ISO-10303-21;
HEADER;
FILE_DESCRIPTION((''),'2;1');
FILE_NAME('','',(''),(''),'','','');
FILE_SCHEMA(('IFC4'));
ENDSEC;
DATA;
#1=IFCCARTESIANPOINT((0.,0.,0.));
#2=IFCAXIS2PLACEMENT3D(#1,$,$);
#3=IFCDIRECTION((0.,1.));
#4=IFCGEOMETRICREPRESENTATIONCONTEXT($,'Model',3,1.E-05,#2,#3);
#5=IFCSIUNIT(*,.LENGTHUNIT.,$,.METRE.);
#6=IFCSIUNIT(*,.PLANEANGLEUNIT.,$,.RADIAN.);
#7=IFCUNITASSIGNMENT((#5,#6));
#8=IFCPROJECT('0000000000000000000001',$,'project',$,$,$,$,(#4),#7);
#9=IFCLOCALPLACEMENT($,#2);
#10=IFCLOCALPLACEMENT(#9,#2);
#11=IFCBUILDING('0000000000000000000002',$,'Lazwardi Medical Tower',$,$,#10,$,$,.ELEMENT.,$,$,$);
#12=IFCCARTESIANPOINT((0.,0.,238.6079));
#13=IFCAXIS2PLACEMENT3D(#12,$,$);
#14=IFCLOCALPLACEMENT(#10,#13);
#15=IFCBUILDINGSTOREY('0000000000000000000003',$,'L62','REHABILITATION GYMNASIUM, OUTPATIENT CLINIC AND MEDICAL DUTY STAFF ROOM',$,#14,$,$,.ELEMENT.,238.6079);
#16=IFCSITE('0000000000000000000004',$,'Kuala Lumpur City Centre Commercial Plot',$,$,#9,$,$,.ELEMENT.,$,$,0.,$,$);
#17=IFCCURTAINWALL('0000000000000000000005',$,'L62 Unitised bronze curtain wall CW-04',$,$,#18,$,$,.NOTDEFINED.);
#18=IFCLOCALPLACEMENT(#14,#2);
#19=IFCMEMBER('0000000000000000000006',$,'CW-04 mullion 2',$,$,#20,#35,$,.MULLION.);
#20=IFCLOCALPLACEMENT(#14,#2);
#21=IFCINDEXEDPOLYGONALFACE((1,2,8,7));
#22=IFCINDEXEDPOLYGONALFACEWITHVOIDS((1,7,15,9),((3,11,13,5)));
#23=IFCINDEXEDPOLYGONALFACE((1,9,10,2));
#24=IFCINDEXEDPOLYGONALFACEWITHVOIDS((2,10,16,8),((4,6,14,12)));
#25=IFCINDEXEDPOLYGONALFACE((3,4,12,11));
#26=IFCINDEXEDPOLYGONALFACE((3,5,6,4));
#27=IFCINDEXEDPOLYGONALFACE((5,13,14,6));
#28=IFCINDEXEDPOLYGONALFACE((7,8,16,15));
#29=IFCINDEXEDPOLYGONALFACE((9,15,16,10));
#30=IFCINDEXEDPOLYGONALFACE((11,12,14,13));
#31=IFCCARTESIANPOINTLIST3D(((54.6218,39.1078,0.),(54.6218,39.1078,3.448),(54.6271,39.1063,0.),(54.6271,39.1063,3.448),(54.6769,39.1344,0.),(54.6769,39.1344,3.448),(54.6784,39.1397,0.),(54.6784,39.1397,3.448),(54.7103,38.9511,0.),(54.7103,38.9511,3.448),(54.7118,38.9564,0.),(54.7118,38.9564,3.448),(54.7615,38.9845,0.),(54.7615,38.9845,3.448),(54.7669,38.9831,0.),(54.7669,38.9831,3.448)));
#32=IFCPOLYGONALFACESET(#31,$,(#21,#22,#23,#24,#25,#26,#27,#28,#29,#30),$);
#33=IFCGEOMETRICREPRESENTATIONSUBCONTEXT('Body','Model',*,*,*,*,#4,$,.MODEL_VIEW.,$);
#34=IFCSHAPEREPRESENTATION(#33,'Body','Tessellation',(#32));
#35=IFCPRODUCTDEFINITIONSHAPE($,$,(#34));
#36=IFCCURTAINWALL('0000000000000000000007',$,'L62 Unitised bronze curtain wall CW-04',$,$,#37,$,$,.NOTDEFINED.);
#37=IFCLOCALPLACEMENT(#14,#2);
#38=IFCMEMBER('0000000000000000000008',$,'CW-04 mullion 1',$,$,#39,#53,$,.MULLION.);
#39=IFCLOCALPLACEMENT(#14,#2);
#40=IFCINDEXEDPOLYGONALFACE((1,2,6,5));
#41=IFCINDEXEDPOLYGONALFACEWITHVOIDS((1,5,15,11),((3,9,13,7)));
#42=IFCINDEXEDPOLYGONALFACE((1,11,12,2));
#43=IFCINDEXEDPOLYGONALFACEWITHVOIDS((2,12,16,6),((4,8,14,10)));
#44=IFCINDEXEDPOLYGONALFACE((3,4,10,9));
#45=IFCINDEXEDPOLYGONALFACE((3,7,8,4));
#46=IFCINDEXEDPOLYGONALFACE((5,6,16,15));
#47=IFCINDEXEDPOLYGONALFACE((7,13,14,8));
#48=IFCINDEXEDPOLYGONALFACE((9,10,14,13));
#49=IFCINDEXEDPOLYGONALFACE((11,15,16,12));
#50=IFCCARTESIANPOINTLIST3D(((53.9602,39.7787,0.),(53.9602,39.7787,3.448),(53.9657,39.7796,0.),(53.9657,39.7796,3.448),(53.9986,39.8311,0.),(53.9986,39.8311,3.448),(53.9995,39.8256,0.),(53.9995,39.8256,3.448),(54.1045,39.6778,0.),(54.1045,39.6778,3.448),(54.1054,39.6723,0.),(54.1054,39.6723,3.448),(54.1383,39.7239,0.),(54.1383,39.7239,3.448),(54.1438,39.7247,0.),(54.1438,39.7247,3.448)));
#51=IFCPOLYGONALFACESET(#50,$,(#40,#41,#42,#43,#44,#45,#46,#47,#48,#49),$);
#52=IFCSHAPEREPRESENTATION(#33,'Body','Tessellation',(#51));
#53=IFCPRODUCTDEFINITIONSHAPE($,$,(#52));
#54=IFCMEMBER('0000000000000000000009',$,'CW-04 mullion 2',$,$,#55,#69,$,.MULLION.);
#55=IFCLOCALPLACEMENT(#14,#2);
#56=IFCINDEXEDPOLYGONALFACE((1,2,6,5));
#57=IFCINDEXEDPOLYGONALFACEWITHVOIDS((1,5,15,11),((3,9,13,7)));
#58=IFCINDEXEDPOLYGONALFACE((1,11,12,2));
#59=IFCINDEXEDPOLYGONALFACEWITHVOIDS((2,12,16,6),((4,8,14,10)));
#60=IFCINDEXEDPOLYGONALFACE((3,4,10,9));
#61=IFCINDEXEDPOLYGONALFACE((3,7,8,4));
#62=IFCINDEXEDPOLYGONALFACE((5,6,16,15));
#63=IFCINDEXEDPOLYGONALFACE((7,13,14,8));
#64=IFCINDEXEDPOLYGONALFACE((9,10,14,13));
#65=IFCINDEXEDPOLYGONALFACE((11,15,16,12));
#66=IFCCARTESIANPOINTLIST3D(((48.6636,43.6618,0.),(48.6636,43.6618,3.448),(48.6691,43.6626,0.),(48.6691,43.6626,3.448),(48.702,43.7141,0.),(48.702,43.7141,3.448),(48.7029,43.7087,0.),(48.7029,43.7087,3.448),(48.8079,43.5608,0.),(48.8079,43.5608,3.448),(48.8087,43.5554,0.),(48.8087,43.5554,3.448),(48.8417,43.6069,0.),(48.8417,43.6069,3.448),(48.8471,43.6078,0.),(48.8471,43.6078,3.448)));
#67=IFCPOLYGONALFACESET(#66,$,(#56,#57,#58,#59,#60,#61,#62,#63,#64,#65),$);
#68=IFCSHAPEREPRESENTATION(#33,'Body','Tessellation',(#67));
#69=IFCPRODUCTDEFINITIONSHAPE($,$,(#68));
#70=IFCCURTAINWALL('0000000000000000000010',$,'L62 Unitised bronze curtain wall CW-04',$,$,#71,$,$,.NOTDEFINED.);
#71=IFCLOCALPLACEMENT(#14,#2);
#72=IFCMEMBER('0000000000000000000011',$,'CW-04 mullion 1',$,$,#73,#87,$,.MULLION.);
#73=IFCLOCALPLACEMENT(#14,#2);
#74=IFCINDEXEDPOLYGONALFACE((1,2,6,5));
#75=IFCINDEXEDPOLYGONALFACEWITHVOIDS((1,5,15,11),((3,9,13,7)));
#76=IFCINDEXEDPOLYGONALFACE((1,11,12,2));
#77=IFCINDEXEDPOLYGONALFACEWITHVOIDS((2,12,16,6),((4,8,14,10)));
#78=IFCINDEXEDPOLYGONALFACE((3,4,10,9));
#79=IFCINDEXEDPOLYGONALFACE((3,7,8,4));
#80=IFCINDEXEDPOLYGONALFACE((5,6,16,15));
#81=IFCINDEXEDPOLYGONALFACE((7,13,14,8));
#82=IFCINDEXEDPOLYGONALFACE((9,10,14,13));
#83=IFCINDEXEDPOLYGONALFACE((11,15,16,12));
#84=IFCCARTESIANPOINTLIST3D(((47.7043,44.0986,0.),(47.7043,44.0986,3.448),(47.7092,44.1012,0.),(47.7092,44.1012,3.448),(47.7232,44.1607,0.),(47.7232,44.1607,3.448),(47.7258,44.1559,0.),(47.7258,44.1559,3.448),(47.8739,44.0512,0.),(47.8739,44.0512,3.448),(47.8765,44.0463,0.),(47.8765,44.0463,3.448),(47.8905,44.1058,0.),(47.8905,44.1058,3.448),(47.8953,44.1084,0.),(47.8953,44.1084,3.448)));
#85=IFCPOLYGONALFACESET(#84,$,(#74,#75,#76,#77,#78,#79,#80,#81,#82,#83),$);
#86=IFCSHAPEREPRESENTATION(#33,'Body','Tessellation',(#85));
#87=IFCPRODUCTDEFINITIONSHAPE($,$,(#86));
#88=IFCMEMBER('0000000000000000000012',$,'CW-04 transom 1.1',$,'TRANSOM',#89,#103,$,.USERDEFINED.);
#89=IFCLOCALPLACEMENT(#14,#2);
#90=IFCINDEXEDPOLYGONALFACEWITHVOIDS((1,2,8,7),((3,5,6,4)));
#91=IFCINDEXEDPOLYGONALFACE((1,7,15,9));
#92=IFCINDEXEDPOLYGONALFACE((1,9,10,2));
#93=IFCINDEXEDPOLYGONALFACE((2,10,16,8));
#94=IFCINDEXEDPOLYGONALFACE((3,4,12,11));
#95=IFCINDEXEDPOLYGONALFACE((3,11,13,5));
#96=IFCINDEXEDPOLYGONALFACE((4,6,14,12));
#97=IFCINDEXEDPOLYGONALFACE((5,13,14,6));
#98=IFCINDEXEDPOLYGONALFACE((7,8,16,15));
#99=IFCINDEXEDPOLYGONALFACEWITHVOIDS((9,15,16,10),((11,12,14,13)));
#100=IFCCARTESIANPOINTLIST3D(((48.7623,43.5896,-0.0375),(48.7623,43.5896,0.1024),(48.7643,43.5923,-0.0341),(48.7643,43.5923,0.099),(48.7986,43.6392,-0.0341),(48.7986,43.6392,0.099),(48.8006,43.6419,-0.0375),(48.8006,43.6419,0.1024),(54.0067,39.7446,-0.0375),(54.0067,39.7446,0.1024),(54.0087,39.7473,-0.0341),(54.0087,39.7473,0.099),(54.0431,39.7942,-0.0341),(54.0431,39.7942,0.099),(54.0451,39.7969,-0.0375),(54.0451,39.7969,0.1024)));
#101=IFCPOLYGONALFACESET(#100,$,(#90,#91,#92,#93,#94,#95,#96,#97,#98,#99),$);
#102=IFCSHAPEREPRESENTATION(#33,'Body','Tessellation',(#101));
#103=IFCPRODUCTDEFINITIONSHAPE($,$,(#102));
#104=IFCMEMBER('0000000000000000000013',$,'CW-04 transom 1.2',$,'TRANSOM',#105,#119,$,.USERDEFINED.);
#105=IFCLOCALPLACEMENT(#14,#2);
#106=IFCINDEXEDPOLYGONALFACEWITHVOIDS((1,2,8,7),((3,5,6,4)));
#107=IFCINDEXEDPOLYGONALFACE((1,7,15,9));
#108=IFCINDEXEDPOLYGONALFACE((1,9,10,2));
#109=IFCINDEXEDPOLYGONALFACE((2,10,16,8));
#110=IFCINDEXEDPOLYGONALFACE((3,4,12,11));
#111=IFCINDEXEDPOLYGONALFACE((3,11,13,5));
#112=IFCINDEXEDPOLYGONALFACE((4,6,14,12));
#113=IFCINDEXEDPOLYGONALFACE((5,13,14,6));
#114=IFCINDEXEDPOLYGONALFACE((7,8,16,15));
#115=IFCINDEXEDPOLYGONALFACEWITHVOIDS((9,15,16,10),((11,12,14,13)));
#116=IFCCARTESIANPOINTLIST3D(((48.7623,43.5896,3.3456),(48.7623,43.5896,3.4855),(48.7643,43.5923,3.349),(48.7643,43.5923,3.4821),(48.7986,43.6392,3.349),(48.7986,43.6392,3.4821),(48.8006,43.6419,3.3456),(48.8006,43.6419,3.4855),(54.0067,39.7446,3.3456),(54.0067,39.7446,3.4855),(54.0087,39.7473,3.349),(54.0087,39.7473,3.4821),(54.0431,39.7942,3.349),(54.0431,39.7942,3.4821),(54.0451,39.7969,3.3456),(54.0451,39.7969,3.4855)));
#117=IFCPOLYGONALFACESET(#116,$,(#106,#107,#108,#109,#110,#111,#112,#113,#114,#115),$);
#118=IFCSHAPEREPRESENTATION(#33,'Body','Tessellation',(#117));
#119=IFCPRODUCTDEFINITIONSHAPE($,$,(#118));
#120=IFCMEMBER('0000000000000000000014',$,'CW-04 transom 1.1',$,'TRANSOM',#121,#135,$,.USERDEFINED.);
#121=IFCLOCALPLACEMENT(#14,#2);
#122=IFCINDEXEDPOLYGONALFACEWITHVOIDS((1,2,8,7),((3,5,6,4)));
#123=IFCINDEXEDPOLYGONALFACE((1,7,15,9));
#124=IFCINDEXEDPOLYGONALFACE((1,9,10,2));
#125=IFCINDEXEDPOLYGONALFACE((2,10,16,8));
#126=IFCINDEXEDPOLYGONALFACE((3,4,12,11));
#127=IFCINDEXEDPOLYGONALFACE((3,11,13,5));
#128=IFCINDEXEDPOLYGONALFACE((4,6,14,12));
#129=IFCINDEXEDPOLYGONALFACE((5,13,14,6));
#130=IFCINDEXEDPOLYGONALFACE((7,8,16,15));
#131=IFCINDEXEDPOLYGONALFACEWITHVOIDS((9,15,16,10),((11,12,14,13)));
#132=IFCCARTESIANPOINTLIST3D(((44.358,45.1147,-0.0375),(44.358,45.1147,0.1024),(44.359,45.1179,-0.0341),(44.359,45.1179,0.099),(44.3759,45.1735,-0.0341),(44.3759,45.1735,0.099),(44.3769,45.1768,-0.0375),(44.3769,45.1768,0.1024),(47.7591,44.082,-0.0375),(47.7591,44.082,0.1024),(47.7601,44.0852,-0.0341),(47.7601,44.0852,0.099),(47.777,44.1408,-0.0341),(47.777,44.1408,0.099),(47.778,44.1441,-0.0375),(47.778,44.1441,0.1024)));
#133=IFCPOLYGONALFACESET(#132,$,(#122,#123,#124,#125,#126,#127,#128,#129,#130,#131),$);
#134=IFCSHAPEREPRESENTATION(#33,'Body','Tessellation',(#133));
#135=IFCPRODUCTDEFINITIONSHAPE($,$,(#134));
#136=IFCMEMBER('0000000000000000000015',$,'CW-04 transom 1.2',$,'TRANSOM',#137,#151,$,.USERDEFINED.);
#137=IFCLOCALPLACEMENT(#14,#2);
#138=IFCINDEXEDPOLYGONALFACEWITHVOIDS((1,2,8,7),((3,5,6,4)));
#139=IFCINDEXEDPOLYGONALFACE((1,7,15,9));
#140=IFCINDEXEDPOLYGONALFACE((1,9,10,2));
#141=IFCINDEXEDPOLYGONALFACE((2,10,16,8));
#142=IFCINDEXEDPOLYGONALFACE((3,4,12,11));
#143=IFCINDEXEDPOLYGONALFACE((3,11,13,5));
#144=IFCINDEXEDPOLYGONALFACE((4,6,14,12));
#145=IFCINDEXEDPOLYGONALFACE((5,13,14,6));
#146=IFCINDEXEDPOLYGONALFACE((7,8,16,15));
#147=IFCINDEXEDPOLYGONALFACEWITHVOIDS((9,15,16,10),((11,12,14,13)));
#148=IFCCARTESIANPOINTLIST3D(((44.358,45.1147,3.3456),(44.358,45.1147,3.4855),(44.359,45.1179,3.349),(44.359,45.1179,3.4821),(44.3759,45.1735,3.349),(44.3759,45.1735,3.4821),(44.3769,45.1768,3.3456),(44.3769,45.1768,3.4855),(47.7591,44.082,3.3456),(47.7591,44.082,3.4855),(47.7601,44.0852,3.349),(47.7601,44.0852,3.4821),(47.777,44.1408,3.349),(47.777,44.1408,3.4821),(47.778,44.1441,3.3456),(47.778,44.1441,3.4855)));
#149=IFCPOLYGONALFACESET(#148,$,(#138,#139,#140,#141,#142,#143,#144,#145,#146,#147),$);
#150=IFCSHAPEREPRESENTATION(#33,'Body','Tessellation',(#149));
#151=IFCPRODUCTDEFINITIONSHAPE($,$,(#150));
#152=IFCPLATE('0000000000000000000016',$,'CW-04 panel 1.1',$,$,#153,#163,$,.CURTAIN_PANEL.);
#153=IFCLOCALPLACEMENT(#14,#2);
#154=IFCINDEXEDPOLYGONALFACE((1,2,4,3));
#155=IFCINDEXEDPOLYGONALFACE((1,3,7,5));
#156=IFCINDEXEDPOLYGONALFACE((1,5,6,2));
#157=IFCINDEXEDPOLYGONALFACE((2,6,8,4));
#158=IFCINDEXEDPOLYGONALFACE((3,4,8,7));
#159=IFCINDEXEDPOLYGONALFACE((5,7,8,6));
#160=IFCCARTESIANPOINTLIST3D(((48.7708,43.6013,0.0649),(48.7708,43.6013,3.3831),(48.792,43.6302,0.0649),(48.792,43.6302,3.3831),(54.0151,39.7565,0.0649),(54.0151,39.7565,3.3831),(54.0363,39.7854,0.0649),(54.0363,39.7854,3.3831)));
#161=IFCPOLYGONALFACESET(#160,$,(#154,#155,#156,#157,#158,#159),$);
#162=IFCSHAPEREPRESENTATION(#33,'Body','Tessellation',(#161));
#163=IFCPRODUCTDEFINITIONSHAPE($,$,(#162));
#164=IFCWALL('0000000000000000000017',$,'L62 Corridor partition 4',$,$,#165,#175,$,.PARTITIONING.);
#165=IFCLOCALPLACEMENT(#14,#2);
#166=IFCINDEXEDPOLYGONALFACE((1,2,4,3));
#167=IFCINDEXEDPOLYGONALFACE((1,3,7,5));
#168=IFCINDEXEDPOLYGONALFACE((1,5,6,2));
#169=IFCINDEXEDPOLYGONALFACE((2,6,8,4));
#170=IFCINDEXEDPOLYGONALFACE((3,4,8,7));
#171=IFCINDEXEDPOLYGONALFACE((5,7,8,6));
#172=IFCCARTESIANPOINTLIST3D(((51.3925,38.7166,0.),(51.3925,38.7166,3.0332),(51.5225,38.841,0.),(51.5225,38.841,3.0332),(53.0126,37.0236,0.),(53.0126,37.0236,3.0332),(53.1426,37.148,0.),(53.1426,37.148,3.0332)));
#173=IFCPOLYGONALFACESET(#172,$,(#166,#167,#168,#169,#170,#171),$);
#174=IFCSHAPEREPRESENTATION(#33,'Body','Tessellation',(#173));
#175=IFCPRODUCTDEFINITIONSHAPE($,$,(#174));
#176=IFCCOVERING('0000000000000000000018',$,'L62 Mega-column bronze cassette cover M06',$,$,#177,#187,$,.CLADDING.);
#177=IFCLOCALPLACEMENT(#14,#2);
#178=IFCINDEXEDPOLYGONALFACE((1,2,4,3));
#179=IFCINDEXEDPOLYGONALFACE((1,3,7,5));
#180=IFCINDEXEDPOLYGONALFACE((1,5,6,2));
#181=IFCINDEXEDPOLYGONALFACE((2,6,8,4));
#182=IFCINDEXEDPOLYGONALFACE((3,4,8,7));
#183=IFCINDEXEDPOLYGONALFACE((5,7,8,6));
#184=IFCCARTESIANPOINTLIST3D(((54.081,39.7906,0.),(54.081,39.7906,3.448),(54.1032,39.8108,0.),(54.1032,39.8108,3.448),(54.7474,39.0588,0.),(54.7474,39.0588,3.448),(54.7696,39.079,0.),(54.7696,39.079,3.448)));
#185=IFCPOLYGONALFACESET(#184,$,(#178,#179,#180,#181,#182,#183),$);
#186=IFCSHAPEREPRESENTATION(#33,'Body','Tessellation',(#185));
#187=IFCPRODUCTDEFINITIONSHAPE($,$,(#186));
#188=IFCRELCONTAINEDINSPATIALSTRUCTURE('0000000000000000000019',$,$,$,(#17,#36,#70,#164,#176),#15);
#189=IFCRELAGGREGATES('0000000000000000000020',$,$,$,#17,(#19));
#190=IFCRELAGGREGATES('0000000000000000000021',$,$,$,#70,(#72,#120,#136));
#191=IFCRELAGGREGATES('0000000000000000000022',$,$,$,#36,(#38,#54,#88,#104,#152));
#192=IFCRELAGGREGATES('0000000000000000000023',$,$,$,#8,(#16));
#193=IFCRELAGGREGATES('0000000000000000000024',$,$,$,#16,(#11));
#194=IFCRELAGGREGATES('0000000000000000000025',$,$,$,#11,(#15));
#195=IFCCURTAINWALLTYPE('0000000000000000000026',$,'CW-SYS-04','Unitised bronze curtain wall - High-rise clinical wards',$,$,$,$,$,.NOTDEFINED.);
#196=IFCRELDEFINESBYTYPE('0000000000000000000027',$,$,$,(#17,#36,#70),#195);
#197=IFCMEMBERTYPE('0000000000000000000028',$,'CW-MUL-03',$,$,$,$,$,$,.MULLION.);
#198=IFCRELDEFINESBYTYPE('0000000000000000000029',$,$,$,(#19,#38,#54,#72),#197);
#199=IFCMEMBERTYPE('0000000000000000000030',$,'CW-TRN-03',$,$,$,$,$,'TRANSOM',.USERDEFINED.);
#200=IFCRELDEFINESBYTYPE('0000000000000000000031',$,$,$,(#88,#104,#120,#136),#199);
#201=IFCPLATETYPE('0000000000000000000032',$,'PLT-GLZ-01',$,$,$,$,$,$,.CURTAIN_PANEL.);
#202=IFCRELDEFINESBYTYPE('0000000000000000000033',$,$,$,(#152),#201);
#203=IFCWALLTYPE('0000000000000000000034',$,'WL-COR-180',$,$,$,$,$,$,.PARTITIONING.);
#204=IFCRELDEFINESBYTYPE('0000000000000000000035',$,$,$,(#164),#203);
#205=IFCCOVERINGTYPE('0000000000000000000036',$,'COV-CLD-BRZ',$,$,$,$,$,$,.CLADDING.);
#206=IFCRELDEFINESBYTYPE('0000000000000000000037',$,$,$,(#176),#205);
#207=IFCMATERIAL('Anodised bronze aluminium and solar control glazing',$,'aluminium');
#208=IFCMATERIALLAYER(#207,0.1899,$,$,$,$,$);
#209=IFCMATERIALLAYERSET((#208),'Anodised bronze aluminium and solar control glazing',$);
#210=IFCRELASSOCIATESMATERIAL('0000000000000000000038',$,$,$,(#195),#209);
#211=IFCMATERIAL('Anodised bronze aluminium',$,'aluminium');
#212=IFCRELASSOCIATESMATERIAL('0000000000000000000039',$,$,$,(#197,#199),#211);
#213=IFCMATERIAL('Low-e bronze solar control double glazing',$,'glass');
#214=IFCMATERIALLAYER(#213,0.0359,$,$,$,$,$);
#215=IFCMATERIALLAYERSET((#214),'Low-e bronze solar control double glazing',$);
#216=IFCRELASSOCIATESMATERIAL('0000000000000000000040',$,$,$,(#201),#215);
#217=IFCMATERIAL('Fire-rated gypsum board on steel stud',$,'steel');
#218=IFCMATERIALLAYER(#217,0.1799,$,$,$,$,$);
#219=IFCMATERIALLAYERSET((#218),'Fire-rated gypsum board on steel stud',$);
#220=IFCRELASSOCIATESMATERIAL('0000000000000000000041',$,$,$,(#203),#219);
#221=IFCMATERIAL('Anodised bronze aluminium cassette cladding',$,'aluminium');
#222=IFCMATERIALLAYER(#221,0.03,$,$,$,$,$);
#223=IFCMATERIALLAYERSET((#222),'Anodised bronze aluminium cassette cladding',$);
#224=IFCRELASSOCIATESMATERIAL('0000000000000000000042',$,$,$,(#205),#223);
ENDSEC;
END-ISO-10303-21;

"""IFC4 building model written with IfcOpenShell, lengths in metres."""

from ifc_helpers import new_model, si_unit, direction, frame, frame_2d, origin, origin_2d, place, context, subcontext, project, spatial, rectangle, hollow_rectangle, extrude, material, layer, layer_set, material_profile, profile_set, type_object, element, aggregate, save


model = new_model("IFC4")

# Units and contexts
model_context = context("Model", 3, precision=1e-05, world=origin(), true_north=direction((0.0, 1.0)))
body_context = subcontext(model_context, "Body", "Model", "MODEL_VIEW")
ifc_project = project(units=[si_unit("LENGTHUNIT", "METRE"), si_unit("PLANEANGLEUNIT", "RADIAN")], contexts=[model_context])

# Site, building, storey
site_placement = place(None, origin())
site = spatial("IfcSite", under=ifc_project, at=site_placement, Name="Kuala Lumpur City Centre Commercial Plot", CompositionType="ELEMENT", RefElevation=0.0)
building_placement = place(site_placement, origin())
building = spatial("IfcBuilding", under=site, at=building_placement, Name="Lazwardi Medical Tower", CompositionType="ELEMENT")
storey_placement = place(building_placement, frame((0.0, 0.0, 238.6079)))
storey = spatial("IfcBuildingStorey", under=building, at=storey_placement, Name="L62", Description="REHABILITATION GYMNASIUM, OUTPATIENT CLINIC AND MEDICAL DUTY STAFF ROOM", CompositionType="ELEMENT", Elevation=238.6079)

# Curtain wall, member
ifc_material_1 = material(Name="Anodised bronze aluminium and solar control glazing", Category="aluminium")
ifc_layer_1 = layer(ifc_material_1, 0.1899)
ifc_layer_set_1 = layer_set([ifc_layer_1], Name="Anodised bronze aluminium and solar control glazing")
curtain_wall_type = type_object("IfcCurtainWallType", Name="CW-SYS-04", Description="Unitised bronze curtain wall - High-rise clinical wards", PredefinedType="NOTDEFINED", material=ifc_layer_set_1)
curtain_wall_1_placement = place(storey_placement, origin())
curtain_wall_1 = element("IfcCurtainWall", 1, at=curtain_wall_1_placement, inside=storey, type_object=curtain_wall_type, Name="L62 Unitised bronze curtain wall CW-04", PredefinedType="NOTDEFINED")
ifc_material_2 = material(Name="Anodised bronze aluminium", Category="aluminium")
ifc_material_profile_1 = material_profile(ifc_material_2, hollow_rectangle(XDim=0.0649, YDim=0.1799, WallThickness=0.0039, at=origin_2d()), Name="ALU-MULLION 180x65x4")
ifc_profile_set_1 = profile_set([ifc_material_profile_1], Name="Anodised bronze aluminium")
member_type_1 = type_object("IfcMemberType", Name="CW-MUL-03", PredefinedType="MULLION", material=ifc_profile_set_1)
member_1_placement = place(storey_placement, frame((54.6943, 39.0454, 0.0), z_axis=(0.0, 0.0, 1.0), x_axis=(-0.870651, -0.4919, 0.0)))
member_1 = element("IfcMember", 2, at=member_1_placement, type_object=member_type_1, Name="CW-04 mullion 2", PredefinedType="MULLION", context=body_context, shape_type="SweptSolid", body=[
    extrude(hollow_rectangle(XDim=0.0649, YDim=0.1799, WallThickness=0.0039, at=origin_2d()), origin(), (0.0, 0.0, 1.0), 3.448),
])
aggregate(curtain_wall_1, [member_1])

# Curtain wall, members
curtain_wall_2_placement = place(storey_placement, origin())
curtain_wall_2 = element("IfcCurtainWall", 3, at=curtain_wall_2_placement, inside=storey, type_object=curtain_wall_type, Name="L62 Unitised bronze curtain wall CW-04", PredefinedType="NOTDEFINED")
member_2_placement = place(storey_placement, frame((54.052, 39.7517, 0.0), z_axis=(0.0, 0.0, 1.0), x_axis=(-0.591268, -0.806475, 0.0)))
member_2 = element("IfcMember", 4, at=member_2_placement, type_object=member_type_1, Name="CW-04 mullion 1", PredefinedType="MULLION", context=body_context, shape_type="SweptSolid", body=[
    extrude(hollow_rectangle(XDim=0.0649, YDim=0.1799, WallThickness=0.0039, at=origin_2d()), origin(), (0.0, 0.0, 1.0), 3.448),
])
member_3_placement = place(storey_placement, frame((48.7554, 43.6348, 0.0), z_axis=(0.0, 0.0, 1.0), x_axis=(-0.591268, -0.806475, 0.0)))
member_3 = element("IfcMember", 5, at=member_3_placement, type_object=member_type_1, Name="CW-04 mullion 2", PredefinedType="MULLION", context=body_context, shape_type="SweptSolid", body=[
    extrude(hollow_rectangle(XDim=0.0649, YDim=0.1799, WallThickness=0.0039, at=origin_2d()), origin(), (0.0, 0.0, 1.0), 3.448),
])

# Curtain wall, member
curtain_wall_3_placement = place(storey_placement, origin())
curtain_wall_3 = element("IfcCurtainWall", 6, at=curtain_wall_3_placement, inside=storey, type_object=curtain_wall_type, Name="L62 Unitised bronze curtain wall CW-04", PredefinedType="NOTDEFINED")
member_4_placement = place(storey_placement, frame((47.7998, 44.1035, 0.0), z_axis=(0.0, 0.0, 1.0), x_axis=(-0.290582, -0.95685, 0.0)))
member_4 = element("IfcMember", 7, at=member_4_placement, type_object=member_type_1, Name="CW-04 mullion 1", PredefinedType="MULLION", context=body_context, shape_type="SweptSolid", body=[
    extrude(hollow_rectangle(XDim=0.0649, YDim=0.1799, WallThickness=0.0039, at=origin_2d()), origin(), (0.0, 0.0, 1.0), 3.448),
])

# Members
ifc_material_profile_2 = material_profile(ifc_material_2, hollow_rectangle(XDim=0.0649, YDim=0.1399, WallThickness=0.0034, at=origin_2d()), Name="ALU-TRANSOM 140x65x3.5")
ifc_profile_set_2 = profile_set([ifc_material_profile_2], Name="Anodised bronze aluminium")
member_type_2 = type_object("IfcMemberType", Name="CW-TRN-03", ElementType="TRANSOM", PredefinedType="USERDEFINED", material=ifc_profile_set_2)
member_5_placement = place(storey_placement, frame((54.0259, 39.7708, 0.0325), z_axis=(-0.806472, 0.591273, 0.0), x_axis=(-0.591273, -0.806472, 0.0)))
member_5 = element("IfcMember", 8, at=member_5_placement, type_object=member_type_2, Name="CW-04 transom 1.1", ObjectType="TRANSOM", PredefinedType="USERDEFINED", context=body_context, shape_type="SweptSolid", body=[
    extrude(hollow_rectangle(XDim=0.0649, YDim=0.1399, WallThickness=0.0034, at=origin_2d()), origin(), (0.0, 0.0, 1.0), 6.5029),
])
member_6_placement = place(storey_placement, frame((54.0259, 39.7708, 3.4155), z_axis=(-0.806472, 0.591273, 0.0), x_axis=(-0.591273, -0.806472, 0.0)))
member_6 = element("IfcMember", 9, at=member_6_placement, type_object=member_type_2, Name="CW-04 transom 1.2", ObjectType="TRANSOM", PredefinedType="USERDEFINED", context=body_context, shape_type="SweptSolid", body=[
    extrude(hollow_rectangle(XDim=0.0649, YDim=0.1399, WallThickness=0.0034, at=origin_2d()), origin(), (0.0, 0.0, 1.0), 6.5029),
])
member_7_placement = place(storey_placement, frame((47.7686, 44.113, 0.0325), z_axis=(-0.956863, 0.290541, 0.0), x_axis=(-0.290541, -0.956863, 0.0)))
member_7 = element("IfcMember", 10, at=member_7_placement, type_object=member_type_2, Name="CW-04 transom 1.1", ObjectType="TRANSOM", PredefinedType="USERDEFINED", context=body_context, shape_type="SweptSolid", body=[
    extrude(hollow_rectangle(XDim=0.0649, YDim=0.1399, WallThickness=0.0034, at=origin_2d()), origin(), (0.0, 0.0, 1.0), 3.5544),
])
member_8_placement = place(storey_placement, frame((47.7686, 44.113, 3.4155), z_axis=(-0.956863, 0.290541, 0.0), x_axis=(-0.290541, -0.956863, 0.0)))
member_8 = element("IfcMember", 11, at=member_8_placement, type_object=member_type_2, Name="CW-04 transom 1.2", ObjectType="TRANSOM", PredefinedType="USERDEFINED", context=body_context, shape_type="SweptSolid", body=[
    extrude(hollow_rectangle(XDim=0.0649, YDim=0.1399, WallThickness=0.0034, at=origin_2d()), origin(), (0.0, 0.0, 1.0), 3.5544),
])
aggregate(curtain_wall_3, [member_4, member_7, member_8])

# Plate
ifc_material_3 = material(Name="Low-e bronze solar control double glazing", Category="glass")
ifc_layer_2 = layer(ifc_material_3, 0.0359)
ifc_layer_set_2 = layer_set([ifc_layer_2], Name="Low-e bronze solar control double glazing")
plate_type = type_object("IfcPlateType", Name="PLT-GLZ-01", PredefinedType="CURTAIN_PANEL", material=ifc_layer_set_2)
plate_placement = place(storey_placement, frame((51.4036, 41.6934, 0.0649), z_axis=(0.0, 0.0, 1.0), x_axis=(-0.806475, 0.591268, 0.0)))
plate = element("IfcPlate", 12, at=plate_placement, type_object=plate_type, Name="CW-04 panel 1.1", PredefinedType="CURTAIN_PANEL", context=body_context, shape_type="SweptSolid", body=[
    extrude(rectangle(XDim=6.5027, YDim=0.0359, at=origin_2d()), origin(), (0.0, 0.0, 1.0), 3.3181),
])
aggregate(curtain_wall_2, [member_2, member_3, member_5, member_6, plate])

# Wall
ifc_material_4 = material(Name="Fire-rated gypsum board on steel stud", Category="steel")
ifc_layer_3 = layer(ifc_material_4, 0.1799)
ifc_layer_set_3 = layer_set([ifc_layer_3], Name="Fire-rated gypsum board on steel stud")
wall_type = type_object("IfcWallType", Name="WL-COR-180", PredefinedType="PARTITIONING", material=ifc_layer_set_3)
wall_placement = place(storey_placement, frame((51.4575, 38.7788, 0.0), z_axis=(0.0, 0.0, 1.0), x_axis=(0.69136, -0.722511, 0.0)))
element("IfcWall", 13, at=wall_placement, inside=storey, type_object=wall_type, Name="L62 Corridor partition 4", PredefinedType="PARTITIONING", context=body_context, shape_type="SweptSolid", body=[
    extrude(rectangle(XDim=2.3433, YDim=0.1799, at=frame_2d((1.1716, 0.0))), origin(), (0.0, 0.0, 1.0), 3.0332),
])

# Covering
ifc_material_5 = material(Name="Anodised bronze aluminium cassette cladding", Category="aluminium")
ifc_layer_4 = layer(ifc_material_5, 0.03)
ifc_layer_set_4 = layer_set([ifc_layer_4], Name="Anodised bronze aluminium cassette cladding")
covering_type = type_object("IfcCoveringType", Name="COV-CLD-BRZ", PredefinedType="CLADDING", material=ifc_layer_set_4)
covering_1_placement = place(storey_placement, frame((54.4253, 39.4348, 0.0), z_axis=(0.0, 0.0, 1.0), x_axis=(-0.673241, 0.739423, 0.0)))
element("IfcCovering", 14, at=covering_1_placement, inside=storey, type_object=covering_type, Name="L62 Mega-column bronze cassette cover M06", PredefinedType="CLADDING", context=body_context, shape_type="SweptSolid", body=[
    extrude(rectangle(XDim=0.9897, YDim=0.03, at=origin_2d()), origin(), (0.0, 0.0, 1.0), 3.448),
])

save(model, "model.ifc")
